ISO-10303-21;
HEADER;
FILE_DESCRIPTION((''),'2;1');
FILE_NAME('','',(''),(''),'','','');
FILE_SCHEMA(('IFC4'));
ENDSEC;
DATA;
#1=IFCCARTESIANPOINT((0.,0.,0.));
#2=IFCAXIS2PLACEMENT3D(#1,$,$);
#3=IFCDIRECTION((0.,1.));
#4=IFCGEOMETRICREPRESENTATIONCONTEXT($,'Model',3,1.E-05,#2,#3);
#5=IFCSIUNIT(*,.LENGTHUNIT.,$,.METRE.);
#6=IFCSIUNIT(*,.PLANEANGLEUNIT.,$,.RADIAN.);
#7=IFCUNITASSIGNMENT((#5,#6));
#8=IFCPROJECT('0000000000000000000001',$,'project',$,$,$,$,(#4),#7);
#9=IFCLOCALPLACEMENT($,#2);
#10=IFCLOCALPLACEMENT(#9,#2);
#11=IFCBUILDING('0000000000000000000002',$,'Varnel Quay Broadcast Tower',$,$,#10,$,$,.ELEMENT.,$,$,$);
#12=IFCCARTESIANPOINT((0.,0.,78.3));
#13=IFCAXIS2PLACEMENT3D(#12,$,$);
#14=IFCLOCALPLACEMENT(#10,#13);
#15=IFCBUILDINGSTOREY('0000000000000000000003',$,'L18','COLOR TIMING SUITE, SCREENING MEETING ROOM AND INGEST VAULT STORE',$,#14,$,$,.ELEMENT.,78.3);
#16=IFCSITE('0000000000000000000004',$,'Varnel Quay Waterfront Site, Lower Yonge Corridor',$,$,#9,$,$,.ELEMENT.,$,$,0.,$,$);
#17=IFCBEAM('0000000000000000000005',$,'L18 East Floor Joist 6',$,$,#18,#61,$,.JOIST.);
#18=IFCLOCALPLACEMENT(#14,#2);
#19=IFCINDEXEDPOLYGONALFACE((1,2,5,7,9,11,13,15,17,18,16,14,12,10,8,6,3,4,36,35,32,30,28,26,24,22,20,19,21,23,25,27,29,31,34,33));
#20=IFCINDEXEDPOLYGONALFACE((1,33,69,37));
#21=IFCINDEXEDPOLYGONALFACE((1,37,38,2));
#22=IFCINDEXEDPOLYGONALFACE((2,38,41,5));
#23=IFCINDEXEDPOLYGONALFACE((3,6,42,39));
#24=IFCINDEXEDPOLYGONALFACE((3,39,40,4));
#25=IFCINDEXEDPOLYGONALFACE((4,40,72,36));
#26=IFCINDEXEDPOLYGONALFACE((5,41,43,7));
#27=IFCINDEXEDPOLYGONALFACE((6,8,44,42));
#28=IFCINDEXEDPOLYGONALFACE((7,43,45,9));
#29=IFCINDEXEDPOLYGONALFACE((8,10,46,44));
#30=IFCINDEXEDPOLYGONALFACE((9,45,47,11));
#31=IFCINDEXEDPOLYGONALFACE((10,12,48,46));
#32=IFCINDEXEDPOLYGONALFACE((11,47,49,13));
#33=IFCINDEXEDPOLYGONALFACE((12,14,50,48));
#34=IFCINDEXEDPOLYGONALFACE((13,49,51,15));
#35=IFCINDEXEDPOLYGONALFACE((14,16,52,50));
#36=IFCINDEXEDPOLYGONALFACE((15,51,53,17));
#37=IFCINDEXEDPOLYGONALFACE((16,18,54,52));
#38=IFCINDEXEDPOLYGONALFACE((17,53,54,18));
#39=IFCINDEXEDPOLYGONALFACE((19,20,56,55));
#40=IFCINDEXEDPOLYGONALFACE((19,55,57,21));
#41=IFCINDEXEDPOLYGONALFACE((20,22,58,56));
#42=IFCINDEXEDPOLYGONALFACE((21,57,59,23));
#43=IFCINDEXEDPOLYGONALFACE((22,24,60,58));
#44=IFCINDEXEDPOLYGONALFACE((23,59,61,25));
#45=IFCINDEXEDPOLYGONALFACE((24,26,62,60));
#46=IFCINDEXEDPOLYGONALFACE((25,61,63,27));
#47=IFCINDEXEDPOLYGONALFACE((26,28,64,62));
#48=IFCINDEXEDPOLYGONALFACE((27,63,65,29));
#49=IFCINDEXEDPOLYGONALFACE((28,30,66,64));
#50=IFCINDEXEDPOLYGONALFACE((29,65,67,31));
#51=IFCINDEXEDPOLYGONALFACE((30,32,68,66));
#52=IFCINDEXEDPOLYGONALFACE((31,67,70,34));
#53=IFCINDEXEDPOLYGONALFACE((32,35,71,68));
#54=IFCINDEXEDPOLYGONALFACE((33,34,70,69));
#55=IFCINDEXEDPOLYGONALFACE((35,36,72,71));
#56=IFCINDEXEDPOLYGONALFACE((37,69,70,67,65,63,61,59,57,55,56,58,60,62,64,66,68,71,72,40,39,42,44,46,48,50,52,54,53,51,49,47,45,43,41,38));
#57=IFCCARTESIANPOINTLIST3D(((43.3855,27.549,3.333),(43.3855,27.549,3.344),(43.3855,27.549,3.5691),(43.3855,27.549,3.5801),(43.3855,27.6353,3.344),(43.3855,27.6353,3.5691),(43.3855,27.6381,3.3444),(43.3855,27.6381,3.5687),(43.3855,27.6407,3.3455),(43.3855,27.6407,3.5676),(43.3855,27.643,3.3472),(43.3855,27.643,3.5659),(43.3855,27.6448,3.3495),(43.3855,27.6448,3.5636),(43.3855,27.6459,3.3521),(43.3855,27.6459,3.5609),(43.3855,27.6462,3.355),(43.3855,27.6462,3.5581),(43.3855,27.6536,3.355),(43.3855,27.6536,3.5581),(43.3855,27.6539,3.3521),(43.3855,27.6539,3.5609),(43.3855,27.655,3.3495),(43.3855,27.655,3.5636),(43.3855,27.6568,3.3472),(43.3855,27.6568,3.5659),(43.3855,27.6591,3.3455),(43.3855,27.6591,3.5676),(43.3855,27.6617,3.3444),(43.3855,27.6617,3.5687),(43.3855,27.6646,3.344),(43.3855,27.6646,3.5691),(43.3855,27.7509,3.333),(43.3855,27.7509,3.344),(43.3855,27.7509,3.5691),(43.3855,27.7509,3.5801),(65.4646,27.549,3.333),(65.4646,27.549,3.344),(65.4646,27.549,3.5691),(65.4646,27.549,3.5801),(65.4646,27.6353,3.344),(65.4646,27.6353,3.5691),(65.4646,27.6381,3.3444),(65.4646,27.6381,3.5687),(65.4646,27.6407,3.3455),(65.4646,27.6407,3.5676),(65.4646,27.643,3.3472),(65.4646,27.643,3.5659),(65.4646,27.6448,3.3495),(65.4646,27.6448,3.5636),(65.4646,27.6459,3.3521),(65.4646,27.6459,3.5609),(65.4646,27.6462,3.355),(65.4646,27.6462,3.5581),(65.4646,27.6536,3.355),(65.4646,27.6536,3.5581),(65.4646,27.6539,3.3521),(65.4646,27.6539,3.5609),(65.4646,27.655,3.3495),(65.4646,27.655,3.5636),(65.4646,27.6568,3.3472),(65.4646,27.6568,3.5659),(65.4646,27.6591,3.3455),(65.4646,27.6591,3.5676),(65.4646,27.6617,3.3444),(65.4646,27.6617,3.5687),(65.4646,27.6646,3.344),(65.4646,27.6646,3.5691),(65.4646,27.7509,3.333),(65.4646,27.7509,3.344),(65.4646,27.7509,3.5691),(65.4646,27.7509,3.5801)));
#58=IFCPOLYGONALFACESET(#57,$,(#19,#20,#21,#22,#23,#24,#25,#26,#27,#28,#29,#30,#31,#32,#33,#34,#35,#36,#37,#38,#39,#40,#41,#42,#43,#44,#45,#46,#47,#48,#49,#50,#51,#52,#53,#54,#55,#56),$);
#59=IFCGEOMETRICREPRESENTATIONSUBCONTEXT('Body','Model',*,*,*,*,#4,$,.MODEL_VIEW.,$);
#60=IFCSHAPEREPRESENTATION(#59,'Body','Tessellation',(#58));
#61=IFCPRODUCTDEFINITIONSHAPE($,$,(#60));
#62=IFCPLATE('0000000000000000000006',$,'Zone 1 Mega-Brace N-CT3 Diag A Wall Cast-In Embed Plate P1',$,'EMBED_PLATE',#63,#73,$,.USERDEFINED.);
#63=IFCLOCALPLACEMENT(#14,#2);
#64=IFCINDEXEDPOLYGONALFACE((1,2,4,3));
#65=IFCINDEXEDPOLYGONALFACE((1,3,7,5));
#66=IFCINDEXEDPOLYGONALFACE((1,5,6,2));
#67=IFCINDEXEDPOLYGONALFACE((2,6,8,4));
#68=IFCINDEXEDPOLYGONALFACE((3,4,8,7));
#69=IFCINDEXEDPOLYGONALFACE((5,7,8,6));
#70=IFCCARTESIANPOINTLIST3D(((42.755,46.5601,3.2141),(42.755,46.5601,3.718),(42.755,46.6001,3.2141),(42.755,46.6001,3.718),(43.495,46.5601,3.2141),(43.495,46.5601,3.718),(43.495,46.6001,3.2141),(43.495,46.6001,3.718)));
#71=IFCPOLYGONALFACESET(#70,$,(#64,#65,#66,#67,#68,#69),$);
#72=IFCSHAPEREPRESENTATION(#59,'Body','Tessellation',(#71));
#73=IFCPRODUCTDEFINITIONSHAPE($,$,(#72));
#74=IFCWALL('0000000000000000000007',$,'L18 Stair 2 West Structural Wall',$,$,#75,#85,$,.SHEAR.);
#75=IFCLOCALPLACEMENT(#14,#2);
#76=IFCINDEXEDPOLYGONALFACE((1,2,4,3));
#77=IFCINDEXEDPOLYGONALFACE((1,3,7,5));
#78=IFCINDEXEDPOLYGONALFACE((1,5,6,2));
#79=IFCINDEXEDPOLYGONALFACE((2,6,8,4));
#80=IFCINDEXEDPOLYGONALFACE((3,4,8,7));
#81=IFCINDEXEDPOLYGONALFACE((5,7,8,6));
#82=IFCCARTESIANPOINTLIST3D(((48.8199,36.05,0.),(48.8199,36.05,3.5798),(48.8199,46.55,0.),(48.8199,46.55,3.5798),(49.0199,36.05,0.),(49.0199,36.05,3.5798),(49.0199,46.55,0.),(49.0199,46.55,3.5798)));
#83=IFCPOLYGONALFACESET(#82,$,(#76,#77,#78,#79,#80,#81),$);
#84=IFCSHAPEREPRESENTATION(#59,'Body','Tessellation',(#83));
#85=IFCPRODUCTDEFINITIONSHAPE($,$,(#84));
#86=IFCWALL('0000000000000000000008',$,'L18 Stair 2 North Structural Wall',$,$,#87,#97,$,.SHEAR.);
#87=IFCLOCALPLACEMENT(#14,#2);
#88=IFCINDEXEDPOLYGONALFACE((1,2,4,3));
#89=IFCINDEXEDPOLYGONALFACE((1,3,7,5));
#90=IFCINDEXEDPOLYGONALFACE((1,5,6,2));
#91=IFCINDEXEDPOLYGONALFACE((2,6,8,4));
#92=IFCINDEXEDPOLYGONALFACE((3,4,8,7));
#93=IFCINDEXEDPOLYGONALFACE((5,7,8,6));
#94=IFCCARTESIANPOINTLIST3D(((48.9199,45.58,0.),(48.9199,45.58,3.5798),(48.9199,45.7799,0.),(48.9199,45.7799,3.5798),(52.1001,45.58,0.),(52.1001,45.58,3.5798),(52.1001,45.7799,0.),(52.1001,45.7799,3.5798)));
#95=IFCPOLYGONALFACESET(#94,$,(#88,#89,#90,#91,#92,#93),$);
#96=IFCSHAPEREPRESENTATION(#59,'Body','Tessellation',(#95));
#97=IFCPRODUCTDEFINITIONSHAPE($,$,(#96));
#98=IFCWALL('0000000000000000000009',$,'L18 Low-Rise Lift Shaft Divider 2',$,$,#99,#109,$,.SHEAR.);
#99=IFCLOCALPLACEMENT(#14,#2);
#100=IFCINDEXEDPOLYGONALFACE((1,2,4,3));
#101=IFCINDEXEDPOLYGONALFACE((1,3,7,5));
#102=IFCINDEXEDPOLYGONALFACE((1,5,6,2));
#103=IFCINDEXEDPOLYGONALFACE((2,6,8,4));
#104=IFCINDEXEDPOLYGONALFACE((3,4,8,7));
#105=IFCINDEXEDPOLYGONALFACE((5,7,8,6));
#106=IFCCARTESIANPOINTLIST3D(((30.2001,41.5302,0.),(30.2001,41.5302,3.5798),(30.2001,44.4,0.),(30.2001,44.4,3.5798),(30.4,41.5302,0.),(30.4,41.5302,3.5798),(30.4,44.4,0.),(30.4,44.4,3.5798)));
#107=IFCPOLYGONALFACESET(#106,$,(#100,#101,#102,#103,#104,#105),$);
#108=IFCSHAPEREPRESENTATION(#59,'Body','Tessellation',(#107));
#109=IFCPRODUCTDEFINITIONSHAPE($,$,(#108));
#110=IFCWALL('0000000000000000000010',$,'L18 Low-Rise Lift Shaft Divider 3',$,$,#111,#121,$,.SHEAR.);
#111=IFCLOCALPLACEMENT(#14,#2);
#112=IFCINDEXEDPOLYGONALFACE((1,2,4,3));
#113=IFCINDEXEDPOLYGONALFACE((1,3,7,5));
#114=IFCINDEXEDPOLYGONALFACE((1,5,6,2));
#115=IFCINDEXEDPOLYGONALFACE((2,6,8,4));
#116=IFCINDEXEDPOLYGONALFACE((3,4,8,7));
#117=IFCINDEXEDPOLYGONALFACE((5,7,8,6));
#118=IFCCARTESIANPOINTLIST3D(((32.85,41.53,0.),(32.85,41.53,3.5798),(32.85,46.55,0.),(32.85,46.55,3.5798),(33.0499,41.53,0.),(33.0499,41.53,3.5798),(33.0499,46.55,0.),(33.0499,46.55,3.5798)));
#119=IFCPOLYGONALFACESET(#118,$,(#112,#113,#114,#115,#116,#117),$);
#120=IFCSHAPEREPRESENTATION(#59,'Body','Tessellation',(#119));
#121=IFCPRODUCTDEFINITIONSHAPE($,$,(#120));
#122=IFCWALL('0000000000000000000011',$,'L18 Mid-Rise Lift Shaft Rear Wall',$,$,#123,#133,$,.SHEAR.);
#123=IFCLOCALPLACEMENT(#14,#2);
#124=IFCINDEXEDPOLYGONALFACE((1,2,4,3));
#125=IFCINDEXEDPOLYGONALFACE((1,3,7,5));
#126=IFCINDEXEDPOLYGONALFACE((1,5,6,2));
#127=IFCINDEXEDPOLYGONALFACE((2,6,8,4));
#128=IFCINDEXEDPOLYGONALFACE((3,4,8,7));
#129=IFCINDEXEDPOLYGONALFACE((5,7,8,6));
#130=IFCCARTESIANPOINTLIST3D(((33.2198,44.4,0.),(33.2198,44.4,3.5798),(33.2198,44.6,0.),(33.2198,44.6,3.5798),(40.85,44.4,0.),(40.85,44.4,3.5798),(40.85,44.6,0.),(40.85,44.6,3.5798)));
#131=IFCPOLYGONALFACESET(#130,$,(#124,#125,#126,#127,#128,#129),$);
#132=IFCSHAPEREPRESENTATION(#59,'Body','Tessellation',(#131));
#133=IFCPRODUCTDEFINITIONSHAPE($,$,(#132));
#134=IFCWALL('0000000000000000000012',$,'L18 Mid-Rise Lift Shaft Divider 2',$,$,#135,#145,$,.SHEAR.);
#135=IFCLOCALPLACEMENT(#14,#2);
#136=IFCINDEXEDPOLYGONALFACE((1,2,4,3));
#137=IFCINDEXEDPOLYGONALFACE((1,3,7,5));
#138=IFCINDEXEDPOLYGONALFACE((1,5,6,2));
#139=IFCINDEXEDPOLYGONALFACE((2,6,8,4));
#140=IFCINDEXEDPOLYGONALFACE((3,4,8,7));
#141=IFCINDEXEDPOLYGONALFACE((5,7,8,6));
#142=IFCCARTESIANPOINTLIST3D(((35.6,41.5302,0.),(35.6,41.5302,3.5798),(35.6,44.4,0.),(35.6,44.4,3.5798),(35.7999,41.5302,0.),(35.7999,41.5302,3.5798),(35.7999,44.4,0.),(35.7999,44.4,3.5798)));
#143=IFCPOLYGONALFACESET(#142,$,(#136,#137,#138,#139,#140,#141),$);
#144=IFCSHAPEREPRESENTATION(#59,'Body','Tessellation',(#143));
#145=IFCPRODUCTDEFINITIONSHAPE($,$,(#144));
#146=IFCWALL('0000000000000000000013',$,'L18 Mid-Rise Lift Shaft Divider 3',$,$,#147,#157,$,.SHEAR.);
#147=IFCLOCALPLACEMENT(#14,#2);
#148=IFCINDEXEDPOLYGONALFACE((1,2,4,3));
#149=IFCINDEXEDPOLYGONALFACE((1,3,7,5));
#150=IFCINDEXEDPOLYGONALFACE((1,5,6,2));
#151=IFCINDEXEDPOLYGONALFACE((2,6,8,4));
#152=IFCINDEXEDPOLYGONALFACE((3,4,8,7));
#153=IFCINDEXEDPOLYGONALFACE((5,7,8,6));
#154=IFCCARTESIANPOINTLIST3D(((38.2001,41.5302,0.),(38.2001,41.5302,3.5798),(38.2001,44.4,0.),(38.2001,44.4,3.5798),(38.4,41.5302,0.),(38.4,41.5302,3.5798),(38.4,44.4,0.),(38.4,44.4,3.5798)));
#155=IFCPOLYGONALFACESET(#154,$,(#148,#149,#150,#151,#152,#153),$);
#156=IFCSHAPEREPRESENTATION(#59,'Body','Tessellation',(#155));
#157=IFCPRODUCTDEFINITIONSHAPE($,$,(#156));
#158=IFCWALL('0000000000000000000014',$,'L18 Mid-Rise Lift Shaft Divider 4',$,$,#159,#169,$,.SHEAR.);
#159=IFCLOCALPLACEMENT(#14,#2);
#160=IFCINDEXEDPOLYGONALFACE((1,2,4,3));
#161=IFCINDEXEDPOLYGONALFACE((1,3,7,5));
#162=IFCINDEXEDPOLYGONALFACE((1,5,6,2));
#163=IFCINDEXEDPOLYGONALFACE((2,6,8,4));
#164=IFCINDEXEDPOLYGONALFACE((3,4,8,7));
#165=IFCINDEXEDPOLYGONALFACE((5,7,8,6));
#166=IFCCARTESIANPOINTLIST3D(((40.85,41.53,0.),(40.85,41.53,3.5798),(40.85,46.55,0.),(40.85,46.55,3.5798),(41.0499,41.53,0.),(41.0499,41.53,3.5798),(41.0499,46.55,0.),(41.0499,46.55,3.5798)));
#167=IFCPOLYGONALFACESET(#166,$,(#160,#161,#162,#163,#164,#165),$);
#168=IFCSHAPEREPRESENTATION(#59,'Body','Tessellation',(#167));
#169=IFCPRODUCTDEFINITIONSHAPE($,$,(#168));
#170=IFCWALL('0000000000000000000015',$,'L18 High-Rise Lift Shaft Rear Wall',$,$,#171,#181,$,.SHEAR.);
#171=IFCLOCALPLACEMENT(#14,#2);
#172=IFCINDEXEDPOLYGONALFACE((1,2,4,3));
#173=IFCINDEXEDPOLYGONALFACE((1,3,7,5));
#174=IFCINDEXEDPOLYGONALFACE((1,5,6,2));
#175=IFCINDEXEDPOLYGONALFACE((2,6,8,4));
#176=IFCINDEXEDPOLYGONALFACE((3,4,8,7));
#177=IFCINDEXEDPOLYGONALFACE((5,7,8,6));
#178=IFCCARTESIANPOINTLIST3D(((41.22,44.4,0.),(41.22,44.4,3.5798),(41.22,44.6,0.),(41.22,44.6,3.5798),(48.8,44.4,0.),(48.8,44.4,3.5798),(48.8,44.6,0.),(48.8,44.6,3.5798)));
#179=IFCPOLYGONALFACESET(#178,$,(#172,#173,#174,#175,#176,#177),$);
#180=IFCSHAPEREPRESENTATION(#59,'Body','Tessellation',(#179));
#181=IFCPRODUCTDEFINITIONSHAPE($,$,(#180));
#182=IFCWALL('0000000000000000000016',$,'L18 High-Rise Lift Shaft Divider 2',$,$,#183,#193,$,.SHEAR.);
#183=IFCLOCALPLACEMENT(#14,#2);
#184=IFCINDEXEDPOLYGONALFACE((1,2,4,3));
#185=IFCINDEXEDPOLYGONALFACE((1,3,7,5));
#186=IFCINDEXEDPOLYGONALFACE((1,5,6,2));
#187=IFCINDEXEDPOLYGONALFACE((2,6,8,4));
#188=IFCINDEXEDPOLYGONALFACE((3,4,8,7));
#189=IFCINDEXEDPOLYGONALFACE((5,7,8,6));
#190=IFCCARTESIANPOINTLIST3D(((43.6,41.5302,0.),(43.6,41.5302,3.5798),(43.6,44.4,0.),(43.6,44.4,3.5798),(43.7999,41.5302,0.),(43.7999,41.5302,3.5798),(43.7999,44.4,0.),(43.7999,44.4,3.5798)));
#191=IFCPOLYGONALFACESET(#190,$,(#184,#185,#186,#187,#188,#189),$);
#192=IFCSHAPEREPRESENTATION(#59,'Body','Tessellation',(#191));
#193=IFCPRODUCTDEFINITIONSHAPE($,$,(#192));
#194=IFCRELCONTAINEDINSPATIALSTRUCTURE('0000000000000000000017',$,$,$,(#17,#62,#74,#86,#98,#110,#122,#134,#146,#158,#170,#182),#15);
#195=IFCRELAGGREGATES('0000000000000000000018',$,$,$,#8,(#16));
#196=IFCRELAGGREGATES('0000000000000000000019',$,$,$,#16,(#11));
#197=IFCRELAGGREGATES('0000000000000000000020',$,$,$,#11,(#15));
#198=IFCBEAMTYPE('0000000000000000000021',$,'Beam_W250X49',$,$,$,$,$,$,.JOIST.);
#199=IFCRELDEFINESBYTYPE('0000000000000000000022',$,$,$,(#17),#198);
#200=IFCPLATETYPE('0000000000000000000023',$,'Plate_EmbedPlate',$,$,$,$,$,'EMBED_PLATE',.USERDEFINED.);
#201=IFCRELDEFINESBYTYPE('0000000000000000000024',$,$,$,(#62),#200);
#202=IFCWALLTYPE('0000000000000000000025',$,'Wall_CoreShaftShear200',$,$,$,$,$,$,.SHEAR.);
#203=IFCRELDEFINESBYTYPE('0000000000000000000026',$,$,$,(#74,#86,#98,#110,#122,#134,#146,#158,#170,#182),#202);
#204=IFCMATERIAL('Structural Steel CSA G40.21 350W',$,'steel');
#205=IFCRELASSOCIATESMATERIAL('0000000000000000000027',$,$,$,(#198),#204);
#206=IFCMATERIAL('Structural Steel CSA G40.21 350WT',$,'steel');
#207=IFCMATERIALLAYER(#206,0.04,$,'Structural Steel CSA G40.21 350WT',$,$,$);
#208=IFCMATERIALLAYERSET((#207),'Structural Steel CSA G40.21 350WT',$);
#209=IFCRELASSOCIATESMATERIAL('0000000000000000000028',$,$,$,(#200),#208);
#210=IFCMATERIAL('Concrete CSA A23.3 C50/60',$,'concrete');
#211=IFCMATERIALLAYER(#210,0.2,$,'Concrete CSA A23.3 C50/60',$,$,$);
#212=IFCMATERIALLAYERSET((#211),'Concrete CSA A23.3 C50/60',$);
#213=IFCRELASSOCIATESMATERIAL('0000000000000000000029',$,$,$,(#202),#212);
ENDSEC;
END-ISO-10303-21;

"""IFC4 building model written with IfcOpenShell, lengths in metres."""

from ifc_helpers import new_model, si_unit, direction, frame, frame_2d, origin, origin_2d, place, context, subcontext, project, spatial, rectangle, i_section, extrude, source, transform, mapped, material, layer, layer_set, material_profile, profile_set, type_object, type_shapes, element, save


model = new_model("IFC4")

# Units and contexts
model_context = context("Model", 3, precision=1e-05, world=origin(), true_north=direction((0.0, 1.0)))
body_context = subcontext(model_context, "Body", "Model", "MODEL_VIEW")
ifc_project = project(units=[si_unit("LENGTHUNIT", "METRE"), si_unit("PLANEANGLEUNIT", "RADIAN")], contexts=[model_context])

# Site, building, storey
site_placement = place(None, origin())
site = spatial("IfcSite", under=ifc_project, at=site_placement, Name="Varnel Quay Waterfront Site, Lower Yonge Corridor", CompositionType="ELEMENT", RefElevation=0.0)
building_placement = place(site_placement, origin())
building = spatial("IfcBuilding", under=site, at=building_placement, Name="Varnel Quay Broadcast Tower", CompositionType="ELEMENT")
storey_placement = place(building_placement, frame((0.0, 0.0, 78.3)))
storey = spatial("IfcBuildingStorey", under=building, at=storey_placement, Name="L18", Description="COLOR TIMING SUITE, SCREENING MEETING ROOM AND INGEST VAULT STORE", CompositionType="ELEMENT", Elevation=78.3)

# Shared definitions
ifc_material_1 = material(Name="Structural Steel CSA G40.21 350WT", Category="steel")

# Beam
ifc_material_2 = material(Name="Structural Steel CSA G40.21 350W", Category="steel")
ifc_material_profile_1 = material_profile(ifc_material_2, i_section(OverallWidth=0.2019, OverallDepth=0.2471, WebThickness=0.0073, FlangeThickness=0.011, FilletRadius=0.011, at=origin_2d()), Name="W250X49")
ifc_profile_set_1 = profile_set([ifc_material_profile_1], Name="Structural Steel CSA G40.21 350W")
beam_type_1 = type_object("IfcBeamType", Name="Beam_W250X49", PredefinedType="JOIST", material=ifc_profile_set_1)
shared_shape_1 = source(origin(), body_context, "Body", "SweptSolid", [
    extrude(i_section(OverallWidth=0.2019, OverallDepth=0.2471, WebThickness=0.0073, FlangeThickness=0.011, FilletRadius=0.011, at=origin_2d()), origin(), (0.0, 0.0, 1.0), 22.0791),
])
type_shapes(beam_type_1, [shared_shape_1])
beam_1_placement = place(storey_placement, frame((43.3855, 27.6499, 3.4565), z_axis=(1.0, 0.0, 0.0), x_axis=(0.0, 1.0, 0.0)))
element("IfcBeam", 1, at=beam_1_placement, inside=storey, type_object=beam_type_1, Name="L18 East Floor Joist 6", PredefinedType="JOIST", context=body_context, shape_type="MappedRepresentation", body=[
    mapped(shared_shape_1, transform((0.0, 0.0, 0.0), x_axis=(1.0, 0.0, 0.0), y_axis=(0.0, 1.0, 0.0), z_axis=(0.0, 0.0, 1.0), scale=1.0)),
])

# Plate
ifc_layer_1 = layer(ifc_material_1, 0.04, Name="Structural Steel CSA G40.21 350WT")
ifc_layer_set_1 = layer_set([ifc_layer_1], Name="Structural Steel CSA G40.21 350WT")
plate_type = type_object("IfcPlateType", Name="Plate_EmbedPlate", ElementType="EMBED_PLATE", PredefinedType="USERDEFINED", material=ifc_layer_set_1)
shared_shape_2 = source(origin(), body_context, "Body", "SweptSolid", [
    extrude(rectangle(XDim=0.74, YDim=0.04, at=origin_2d()), origin(), (0.0, 0.0, 1.0), 0.5039),
])
type_shapes(plate_type, [shared_shape_2])
plate_placement = place(storey_placement, frame((43.125, 46.5801, 3.2141), z_axis=(0.0, 0.0, 1.0), x_axis=(1.0, 0.0, 0.0)))
element("IfcPlate", 2, at=plate_placement, inside=storey, type_object=plate_type, Name="Zone 1 Mega-Brace N-CT3 Diag A Wall Cast-In Embed Plate P1", ObjectType="EMBED_PLATE", PredefinedType="USERDEFINED", context=body_context, shape_type="MappedRepresentation", body=[
    mapped(shared_shape_2, transform((0.0, 0.0, 0.0), x_axis=(1.0, 0.0, 0.0), y_axis=(0.0, 1.0, 0.0), z_axis=(0.0, 0.0, 1.0), scale=1.0)),
])

# Walls
ifc_material_3 = material(Name="Concrete CSA A23.3 C50/60", Category="concrete")
ifc_layer_2 = layer(ifc_material_3, 0.2, Name="Concrete CSA A23.3 C50/60")
ifc_layer_set_2 = layer_set([ifc_layer_2], Name="Concrete CSA A23.3 C50/60")
wall_type_1 = type_object("IfcWallType", Name="Wall_CoreShaftShear200", PredefinedType="SHEAR", material=ifc_layer_set_2)
wall_1_placement = place(storey_placement, frame((48.9199, 36.05, 0.0), z_axis=(0.0, 0.0, 1.0), x_axis=(0.0, 1.0, 0.0)))
element("IfcWall", 3, at=wall_1_placement, inside=storey, type_object=wall_type_1, Name="L18 Stair 2 West Structural Wall", PredefinedType="SHEAR", context=body_context, shape_type="SweptSolid", body=[
    extrude(rectangle(XDim=10.5, YDim=0.2, at=frame_2d((5.25, 0.0))), origin(), (0.0, 0.0, 1.0), 3.5798),
])
wall_2_placement = place(storey_placement, frame((48.9199, 45.6799, 0.0), z_axis=(0.0, 0.0, 1.0), x_axis=(1.0, 0.0, 0.0)))
element("IfcWall", 4, at=wall_2_placement, inside=storey, type_object=wall_type_1, Name="L18 Stair 2 North Structural Wall", PredefinedType="SHEAR", context=body_context, shape_type="SweptSolid", body=[
    extrude(rectangle(XDim=3.1802, YDim=0.2, at=frame_2d((1.5901, 0.0))), origin(), (0.0, 0.0, 1.0), 3.5798),
])
wall_3_placement = place(storey_placement, frame((30.3, 41.53, 0.0), z_axis=(0.0, 0.0, 1.0), x_axis=(0.0, 1.0, 0.0)))
element("IfcWall", 5, at=wall_3_placement, inside=storey, type_object=wall_type_1, Name="L18 Low-Rise Lift Shaft Divider 2", PredefinedType="SHEAR", context=body_context, shape_type="SweptSolid", body=[
    extrude(rectangle(XDim=2.8699, YDim=0.2, at=frame_2d((1.4351, 0.0))), origin(), (0.0, 0.0, 1.0), 3.5798),
])
wall_4_placement = place(storey_placement, frame((32.95, 41.53, 0.0), z_axis=(0.0, 0.0, 1.0), x_axis=(0.0, 1.0, 0.0)))
element("IfcWall", 6, at=wall_4_placement, inside=storey, type_object=wall_type_1, Name="L18 Low-Rise Lift Shaft Divider 3", PredefinedType="SHEAR", context=body_context, shape_type="SweptSolid", body=[
    extrude(rectangle(XDim=5.02, YDim=0.2, at=frame_2d((2.51, 0.0))), origin(), (0.0, 0.0, 1.0), 3.5798),
])
wall_5_placement = place(storey_placement, frame((33.22, 44.5, 0.0), z_axis=(0.0, 0.0, 1.0), x_axis=(1.0, 0.0, 0.0)))
element("IfcWall", 7, at=wall_5_placement, inside=storey, type_object=wall_type_1, Name="L18 Mid-Rise Lift Shaft Rear Wall", PredefinedType="SHEAR", context=body_context, shape_type="SweptSolid", body=[
    extrude(rectangle(XDim=7.6301, YDim=0.2, at=frame_2d((3.8149, 0.0))), origin(), (0.0, 0.0, 1.0), 3.5798),
])
for number, where, z_axis, x_axis, name in (
    (8, (35.7, 41.53, 0.0), (0.0, 0.0, 1.0), (0.0, 1.0, 0.0), "L18 Mid-Rise Lift Shaft Divider 2"),
    (9, (38.3, 41.53, 0.0), (0.0, 0.0, 1.0), (0.0, 1.0, 0.0), "L18 Mid-Rise Lift Shaft Divider 3"),
):
    element("IfcWall", number, at=place(storey_placement, frame(where, z_axis=z_axis, x_axis=x_axis)), inside=storey, type_object=wall_type_1, Name=name, PredefinedType="SHEAR", context=body_context, shape_type="SweptSolid", body=[
        extrude(rectangle(XDim=2.8699, YDim=0.2, at=frame_2d((1.4351, 0.0))), origin(), (0.0, 0.0, 1.0), 3.5798),
    ])
wall_6_placement = place(storey_placement, frame((40.95, 41.53, 0.0), z_axis=(0.0, 0.0, 1.0), x_axis=(0.0, 1.0, 0.0)))
element("IfcWall", 10, at=wall_6_placement, inside=storey, type_object=wall_type_1, Name="L18 Mid-Rise Lift Shaft Divider 4", PredefinedType="SHEAR", context=body_context, shape_type="SweptSolid", body=[
    extrude(rectangle(XDim=5.02, YDim=0.2, at=frame_2d((2.51, 0.0))), origin(), (0.0, 0.0, 1.0), 3.5798),
])
wall_7_placement = place(storey_placement, frame((41.22, 44.5, 0.0), z_axis=(0.0, 0.0, 1.0), x_axis=(1.0, 0.0, 0.0)))
element("IfcWall", 11, at=wall_7_placement, inside=storey, type_object=wall_type_1, Name="L18 High-Rise Lift Shaft Rear Wall", PredefinedType="SHEAR", context=body_context, shape_type="SweptSolid", body=[
    extrude(rectangle(XDim=7.5801, YDim=0.2, at=frame_2d((3.79, 0.0))), origin(), (0.0, 0.0, 1.0), 3.5798),
])
for number, where, z_axis, x_axis, name in (
    (12, (43.7, 41.53, 0.0), (0.0, 0.0, 1.0), (0.0, 1.0, 0.0), "L18 High-Rise Lift Shaft Divider 2"),
):
    element("IfcWall", number, at=place(storey_placement, frame(where, z_axis=z_axis, x_axis=x_axis)), inside=storey, type_object=wall_type_1, Name=name, PredefinedType="SHEAR", context=body_context, shape_type="SweptSolid", body=[
        extrude(rectangle(XDim=2.8699, YDim=0.2, at=frame_2d((1.4351, 0.0))), origin(), (0.0, 0.0, 1.0), 3.5798),
    ])

save(model, "model.ifc")
